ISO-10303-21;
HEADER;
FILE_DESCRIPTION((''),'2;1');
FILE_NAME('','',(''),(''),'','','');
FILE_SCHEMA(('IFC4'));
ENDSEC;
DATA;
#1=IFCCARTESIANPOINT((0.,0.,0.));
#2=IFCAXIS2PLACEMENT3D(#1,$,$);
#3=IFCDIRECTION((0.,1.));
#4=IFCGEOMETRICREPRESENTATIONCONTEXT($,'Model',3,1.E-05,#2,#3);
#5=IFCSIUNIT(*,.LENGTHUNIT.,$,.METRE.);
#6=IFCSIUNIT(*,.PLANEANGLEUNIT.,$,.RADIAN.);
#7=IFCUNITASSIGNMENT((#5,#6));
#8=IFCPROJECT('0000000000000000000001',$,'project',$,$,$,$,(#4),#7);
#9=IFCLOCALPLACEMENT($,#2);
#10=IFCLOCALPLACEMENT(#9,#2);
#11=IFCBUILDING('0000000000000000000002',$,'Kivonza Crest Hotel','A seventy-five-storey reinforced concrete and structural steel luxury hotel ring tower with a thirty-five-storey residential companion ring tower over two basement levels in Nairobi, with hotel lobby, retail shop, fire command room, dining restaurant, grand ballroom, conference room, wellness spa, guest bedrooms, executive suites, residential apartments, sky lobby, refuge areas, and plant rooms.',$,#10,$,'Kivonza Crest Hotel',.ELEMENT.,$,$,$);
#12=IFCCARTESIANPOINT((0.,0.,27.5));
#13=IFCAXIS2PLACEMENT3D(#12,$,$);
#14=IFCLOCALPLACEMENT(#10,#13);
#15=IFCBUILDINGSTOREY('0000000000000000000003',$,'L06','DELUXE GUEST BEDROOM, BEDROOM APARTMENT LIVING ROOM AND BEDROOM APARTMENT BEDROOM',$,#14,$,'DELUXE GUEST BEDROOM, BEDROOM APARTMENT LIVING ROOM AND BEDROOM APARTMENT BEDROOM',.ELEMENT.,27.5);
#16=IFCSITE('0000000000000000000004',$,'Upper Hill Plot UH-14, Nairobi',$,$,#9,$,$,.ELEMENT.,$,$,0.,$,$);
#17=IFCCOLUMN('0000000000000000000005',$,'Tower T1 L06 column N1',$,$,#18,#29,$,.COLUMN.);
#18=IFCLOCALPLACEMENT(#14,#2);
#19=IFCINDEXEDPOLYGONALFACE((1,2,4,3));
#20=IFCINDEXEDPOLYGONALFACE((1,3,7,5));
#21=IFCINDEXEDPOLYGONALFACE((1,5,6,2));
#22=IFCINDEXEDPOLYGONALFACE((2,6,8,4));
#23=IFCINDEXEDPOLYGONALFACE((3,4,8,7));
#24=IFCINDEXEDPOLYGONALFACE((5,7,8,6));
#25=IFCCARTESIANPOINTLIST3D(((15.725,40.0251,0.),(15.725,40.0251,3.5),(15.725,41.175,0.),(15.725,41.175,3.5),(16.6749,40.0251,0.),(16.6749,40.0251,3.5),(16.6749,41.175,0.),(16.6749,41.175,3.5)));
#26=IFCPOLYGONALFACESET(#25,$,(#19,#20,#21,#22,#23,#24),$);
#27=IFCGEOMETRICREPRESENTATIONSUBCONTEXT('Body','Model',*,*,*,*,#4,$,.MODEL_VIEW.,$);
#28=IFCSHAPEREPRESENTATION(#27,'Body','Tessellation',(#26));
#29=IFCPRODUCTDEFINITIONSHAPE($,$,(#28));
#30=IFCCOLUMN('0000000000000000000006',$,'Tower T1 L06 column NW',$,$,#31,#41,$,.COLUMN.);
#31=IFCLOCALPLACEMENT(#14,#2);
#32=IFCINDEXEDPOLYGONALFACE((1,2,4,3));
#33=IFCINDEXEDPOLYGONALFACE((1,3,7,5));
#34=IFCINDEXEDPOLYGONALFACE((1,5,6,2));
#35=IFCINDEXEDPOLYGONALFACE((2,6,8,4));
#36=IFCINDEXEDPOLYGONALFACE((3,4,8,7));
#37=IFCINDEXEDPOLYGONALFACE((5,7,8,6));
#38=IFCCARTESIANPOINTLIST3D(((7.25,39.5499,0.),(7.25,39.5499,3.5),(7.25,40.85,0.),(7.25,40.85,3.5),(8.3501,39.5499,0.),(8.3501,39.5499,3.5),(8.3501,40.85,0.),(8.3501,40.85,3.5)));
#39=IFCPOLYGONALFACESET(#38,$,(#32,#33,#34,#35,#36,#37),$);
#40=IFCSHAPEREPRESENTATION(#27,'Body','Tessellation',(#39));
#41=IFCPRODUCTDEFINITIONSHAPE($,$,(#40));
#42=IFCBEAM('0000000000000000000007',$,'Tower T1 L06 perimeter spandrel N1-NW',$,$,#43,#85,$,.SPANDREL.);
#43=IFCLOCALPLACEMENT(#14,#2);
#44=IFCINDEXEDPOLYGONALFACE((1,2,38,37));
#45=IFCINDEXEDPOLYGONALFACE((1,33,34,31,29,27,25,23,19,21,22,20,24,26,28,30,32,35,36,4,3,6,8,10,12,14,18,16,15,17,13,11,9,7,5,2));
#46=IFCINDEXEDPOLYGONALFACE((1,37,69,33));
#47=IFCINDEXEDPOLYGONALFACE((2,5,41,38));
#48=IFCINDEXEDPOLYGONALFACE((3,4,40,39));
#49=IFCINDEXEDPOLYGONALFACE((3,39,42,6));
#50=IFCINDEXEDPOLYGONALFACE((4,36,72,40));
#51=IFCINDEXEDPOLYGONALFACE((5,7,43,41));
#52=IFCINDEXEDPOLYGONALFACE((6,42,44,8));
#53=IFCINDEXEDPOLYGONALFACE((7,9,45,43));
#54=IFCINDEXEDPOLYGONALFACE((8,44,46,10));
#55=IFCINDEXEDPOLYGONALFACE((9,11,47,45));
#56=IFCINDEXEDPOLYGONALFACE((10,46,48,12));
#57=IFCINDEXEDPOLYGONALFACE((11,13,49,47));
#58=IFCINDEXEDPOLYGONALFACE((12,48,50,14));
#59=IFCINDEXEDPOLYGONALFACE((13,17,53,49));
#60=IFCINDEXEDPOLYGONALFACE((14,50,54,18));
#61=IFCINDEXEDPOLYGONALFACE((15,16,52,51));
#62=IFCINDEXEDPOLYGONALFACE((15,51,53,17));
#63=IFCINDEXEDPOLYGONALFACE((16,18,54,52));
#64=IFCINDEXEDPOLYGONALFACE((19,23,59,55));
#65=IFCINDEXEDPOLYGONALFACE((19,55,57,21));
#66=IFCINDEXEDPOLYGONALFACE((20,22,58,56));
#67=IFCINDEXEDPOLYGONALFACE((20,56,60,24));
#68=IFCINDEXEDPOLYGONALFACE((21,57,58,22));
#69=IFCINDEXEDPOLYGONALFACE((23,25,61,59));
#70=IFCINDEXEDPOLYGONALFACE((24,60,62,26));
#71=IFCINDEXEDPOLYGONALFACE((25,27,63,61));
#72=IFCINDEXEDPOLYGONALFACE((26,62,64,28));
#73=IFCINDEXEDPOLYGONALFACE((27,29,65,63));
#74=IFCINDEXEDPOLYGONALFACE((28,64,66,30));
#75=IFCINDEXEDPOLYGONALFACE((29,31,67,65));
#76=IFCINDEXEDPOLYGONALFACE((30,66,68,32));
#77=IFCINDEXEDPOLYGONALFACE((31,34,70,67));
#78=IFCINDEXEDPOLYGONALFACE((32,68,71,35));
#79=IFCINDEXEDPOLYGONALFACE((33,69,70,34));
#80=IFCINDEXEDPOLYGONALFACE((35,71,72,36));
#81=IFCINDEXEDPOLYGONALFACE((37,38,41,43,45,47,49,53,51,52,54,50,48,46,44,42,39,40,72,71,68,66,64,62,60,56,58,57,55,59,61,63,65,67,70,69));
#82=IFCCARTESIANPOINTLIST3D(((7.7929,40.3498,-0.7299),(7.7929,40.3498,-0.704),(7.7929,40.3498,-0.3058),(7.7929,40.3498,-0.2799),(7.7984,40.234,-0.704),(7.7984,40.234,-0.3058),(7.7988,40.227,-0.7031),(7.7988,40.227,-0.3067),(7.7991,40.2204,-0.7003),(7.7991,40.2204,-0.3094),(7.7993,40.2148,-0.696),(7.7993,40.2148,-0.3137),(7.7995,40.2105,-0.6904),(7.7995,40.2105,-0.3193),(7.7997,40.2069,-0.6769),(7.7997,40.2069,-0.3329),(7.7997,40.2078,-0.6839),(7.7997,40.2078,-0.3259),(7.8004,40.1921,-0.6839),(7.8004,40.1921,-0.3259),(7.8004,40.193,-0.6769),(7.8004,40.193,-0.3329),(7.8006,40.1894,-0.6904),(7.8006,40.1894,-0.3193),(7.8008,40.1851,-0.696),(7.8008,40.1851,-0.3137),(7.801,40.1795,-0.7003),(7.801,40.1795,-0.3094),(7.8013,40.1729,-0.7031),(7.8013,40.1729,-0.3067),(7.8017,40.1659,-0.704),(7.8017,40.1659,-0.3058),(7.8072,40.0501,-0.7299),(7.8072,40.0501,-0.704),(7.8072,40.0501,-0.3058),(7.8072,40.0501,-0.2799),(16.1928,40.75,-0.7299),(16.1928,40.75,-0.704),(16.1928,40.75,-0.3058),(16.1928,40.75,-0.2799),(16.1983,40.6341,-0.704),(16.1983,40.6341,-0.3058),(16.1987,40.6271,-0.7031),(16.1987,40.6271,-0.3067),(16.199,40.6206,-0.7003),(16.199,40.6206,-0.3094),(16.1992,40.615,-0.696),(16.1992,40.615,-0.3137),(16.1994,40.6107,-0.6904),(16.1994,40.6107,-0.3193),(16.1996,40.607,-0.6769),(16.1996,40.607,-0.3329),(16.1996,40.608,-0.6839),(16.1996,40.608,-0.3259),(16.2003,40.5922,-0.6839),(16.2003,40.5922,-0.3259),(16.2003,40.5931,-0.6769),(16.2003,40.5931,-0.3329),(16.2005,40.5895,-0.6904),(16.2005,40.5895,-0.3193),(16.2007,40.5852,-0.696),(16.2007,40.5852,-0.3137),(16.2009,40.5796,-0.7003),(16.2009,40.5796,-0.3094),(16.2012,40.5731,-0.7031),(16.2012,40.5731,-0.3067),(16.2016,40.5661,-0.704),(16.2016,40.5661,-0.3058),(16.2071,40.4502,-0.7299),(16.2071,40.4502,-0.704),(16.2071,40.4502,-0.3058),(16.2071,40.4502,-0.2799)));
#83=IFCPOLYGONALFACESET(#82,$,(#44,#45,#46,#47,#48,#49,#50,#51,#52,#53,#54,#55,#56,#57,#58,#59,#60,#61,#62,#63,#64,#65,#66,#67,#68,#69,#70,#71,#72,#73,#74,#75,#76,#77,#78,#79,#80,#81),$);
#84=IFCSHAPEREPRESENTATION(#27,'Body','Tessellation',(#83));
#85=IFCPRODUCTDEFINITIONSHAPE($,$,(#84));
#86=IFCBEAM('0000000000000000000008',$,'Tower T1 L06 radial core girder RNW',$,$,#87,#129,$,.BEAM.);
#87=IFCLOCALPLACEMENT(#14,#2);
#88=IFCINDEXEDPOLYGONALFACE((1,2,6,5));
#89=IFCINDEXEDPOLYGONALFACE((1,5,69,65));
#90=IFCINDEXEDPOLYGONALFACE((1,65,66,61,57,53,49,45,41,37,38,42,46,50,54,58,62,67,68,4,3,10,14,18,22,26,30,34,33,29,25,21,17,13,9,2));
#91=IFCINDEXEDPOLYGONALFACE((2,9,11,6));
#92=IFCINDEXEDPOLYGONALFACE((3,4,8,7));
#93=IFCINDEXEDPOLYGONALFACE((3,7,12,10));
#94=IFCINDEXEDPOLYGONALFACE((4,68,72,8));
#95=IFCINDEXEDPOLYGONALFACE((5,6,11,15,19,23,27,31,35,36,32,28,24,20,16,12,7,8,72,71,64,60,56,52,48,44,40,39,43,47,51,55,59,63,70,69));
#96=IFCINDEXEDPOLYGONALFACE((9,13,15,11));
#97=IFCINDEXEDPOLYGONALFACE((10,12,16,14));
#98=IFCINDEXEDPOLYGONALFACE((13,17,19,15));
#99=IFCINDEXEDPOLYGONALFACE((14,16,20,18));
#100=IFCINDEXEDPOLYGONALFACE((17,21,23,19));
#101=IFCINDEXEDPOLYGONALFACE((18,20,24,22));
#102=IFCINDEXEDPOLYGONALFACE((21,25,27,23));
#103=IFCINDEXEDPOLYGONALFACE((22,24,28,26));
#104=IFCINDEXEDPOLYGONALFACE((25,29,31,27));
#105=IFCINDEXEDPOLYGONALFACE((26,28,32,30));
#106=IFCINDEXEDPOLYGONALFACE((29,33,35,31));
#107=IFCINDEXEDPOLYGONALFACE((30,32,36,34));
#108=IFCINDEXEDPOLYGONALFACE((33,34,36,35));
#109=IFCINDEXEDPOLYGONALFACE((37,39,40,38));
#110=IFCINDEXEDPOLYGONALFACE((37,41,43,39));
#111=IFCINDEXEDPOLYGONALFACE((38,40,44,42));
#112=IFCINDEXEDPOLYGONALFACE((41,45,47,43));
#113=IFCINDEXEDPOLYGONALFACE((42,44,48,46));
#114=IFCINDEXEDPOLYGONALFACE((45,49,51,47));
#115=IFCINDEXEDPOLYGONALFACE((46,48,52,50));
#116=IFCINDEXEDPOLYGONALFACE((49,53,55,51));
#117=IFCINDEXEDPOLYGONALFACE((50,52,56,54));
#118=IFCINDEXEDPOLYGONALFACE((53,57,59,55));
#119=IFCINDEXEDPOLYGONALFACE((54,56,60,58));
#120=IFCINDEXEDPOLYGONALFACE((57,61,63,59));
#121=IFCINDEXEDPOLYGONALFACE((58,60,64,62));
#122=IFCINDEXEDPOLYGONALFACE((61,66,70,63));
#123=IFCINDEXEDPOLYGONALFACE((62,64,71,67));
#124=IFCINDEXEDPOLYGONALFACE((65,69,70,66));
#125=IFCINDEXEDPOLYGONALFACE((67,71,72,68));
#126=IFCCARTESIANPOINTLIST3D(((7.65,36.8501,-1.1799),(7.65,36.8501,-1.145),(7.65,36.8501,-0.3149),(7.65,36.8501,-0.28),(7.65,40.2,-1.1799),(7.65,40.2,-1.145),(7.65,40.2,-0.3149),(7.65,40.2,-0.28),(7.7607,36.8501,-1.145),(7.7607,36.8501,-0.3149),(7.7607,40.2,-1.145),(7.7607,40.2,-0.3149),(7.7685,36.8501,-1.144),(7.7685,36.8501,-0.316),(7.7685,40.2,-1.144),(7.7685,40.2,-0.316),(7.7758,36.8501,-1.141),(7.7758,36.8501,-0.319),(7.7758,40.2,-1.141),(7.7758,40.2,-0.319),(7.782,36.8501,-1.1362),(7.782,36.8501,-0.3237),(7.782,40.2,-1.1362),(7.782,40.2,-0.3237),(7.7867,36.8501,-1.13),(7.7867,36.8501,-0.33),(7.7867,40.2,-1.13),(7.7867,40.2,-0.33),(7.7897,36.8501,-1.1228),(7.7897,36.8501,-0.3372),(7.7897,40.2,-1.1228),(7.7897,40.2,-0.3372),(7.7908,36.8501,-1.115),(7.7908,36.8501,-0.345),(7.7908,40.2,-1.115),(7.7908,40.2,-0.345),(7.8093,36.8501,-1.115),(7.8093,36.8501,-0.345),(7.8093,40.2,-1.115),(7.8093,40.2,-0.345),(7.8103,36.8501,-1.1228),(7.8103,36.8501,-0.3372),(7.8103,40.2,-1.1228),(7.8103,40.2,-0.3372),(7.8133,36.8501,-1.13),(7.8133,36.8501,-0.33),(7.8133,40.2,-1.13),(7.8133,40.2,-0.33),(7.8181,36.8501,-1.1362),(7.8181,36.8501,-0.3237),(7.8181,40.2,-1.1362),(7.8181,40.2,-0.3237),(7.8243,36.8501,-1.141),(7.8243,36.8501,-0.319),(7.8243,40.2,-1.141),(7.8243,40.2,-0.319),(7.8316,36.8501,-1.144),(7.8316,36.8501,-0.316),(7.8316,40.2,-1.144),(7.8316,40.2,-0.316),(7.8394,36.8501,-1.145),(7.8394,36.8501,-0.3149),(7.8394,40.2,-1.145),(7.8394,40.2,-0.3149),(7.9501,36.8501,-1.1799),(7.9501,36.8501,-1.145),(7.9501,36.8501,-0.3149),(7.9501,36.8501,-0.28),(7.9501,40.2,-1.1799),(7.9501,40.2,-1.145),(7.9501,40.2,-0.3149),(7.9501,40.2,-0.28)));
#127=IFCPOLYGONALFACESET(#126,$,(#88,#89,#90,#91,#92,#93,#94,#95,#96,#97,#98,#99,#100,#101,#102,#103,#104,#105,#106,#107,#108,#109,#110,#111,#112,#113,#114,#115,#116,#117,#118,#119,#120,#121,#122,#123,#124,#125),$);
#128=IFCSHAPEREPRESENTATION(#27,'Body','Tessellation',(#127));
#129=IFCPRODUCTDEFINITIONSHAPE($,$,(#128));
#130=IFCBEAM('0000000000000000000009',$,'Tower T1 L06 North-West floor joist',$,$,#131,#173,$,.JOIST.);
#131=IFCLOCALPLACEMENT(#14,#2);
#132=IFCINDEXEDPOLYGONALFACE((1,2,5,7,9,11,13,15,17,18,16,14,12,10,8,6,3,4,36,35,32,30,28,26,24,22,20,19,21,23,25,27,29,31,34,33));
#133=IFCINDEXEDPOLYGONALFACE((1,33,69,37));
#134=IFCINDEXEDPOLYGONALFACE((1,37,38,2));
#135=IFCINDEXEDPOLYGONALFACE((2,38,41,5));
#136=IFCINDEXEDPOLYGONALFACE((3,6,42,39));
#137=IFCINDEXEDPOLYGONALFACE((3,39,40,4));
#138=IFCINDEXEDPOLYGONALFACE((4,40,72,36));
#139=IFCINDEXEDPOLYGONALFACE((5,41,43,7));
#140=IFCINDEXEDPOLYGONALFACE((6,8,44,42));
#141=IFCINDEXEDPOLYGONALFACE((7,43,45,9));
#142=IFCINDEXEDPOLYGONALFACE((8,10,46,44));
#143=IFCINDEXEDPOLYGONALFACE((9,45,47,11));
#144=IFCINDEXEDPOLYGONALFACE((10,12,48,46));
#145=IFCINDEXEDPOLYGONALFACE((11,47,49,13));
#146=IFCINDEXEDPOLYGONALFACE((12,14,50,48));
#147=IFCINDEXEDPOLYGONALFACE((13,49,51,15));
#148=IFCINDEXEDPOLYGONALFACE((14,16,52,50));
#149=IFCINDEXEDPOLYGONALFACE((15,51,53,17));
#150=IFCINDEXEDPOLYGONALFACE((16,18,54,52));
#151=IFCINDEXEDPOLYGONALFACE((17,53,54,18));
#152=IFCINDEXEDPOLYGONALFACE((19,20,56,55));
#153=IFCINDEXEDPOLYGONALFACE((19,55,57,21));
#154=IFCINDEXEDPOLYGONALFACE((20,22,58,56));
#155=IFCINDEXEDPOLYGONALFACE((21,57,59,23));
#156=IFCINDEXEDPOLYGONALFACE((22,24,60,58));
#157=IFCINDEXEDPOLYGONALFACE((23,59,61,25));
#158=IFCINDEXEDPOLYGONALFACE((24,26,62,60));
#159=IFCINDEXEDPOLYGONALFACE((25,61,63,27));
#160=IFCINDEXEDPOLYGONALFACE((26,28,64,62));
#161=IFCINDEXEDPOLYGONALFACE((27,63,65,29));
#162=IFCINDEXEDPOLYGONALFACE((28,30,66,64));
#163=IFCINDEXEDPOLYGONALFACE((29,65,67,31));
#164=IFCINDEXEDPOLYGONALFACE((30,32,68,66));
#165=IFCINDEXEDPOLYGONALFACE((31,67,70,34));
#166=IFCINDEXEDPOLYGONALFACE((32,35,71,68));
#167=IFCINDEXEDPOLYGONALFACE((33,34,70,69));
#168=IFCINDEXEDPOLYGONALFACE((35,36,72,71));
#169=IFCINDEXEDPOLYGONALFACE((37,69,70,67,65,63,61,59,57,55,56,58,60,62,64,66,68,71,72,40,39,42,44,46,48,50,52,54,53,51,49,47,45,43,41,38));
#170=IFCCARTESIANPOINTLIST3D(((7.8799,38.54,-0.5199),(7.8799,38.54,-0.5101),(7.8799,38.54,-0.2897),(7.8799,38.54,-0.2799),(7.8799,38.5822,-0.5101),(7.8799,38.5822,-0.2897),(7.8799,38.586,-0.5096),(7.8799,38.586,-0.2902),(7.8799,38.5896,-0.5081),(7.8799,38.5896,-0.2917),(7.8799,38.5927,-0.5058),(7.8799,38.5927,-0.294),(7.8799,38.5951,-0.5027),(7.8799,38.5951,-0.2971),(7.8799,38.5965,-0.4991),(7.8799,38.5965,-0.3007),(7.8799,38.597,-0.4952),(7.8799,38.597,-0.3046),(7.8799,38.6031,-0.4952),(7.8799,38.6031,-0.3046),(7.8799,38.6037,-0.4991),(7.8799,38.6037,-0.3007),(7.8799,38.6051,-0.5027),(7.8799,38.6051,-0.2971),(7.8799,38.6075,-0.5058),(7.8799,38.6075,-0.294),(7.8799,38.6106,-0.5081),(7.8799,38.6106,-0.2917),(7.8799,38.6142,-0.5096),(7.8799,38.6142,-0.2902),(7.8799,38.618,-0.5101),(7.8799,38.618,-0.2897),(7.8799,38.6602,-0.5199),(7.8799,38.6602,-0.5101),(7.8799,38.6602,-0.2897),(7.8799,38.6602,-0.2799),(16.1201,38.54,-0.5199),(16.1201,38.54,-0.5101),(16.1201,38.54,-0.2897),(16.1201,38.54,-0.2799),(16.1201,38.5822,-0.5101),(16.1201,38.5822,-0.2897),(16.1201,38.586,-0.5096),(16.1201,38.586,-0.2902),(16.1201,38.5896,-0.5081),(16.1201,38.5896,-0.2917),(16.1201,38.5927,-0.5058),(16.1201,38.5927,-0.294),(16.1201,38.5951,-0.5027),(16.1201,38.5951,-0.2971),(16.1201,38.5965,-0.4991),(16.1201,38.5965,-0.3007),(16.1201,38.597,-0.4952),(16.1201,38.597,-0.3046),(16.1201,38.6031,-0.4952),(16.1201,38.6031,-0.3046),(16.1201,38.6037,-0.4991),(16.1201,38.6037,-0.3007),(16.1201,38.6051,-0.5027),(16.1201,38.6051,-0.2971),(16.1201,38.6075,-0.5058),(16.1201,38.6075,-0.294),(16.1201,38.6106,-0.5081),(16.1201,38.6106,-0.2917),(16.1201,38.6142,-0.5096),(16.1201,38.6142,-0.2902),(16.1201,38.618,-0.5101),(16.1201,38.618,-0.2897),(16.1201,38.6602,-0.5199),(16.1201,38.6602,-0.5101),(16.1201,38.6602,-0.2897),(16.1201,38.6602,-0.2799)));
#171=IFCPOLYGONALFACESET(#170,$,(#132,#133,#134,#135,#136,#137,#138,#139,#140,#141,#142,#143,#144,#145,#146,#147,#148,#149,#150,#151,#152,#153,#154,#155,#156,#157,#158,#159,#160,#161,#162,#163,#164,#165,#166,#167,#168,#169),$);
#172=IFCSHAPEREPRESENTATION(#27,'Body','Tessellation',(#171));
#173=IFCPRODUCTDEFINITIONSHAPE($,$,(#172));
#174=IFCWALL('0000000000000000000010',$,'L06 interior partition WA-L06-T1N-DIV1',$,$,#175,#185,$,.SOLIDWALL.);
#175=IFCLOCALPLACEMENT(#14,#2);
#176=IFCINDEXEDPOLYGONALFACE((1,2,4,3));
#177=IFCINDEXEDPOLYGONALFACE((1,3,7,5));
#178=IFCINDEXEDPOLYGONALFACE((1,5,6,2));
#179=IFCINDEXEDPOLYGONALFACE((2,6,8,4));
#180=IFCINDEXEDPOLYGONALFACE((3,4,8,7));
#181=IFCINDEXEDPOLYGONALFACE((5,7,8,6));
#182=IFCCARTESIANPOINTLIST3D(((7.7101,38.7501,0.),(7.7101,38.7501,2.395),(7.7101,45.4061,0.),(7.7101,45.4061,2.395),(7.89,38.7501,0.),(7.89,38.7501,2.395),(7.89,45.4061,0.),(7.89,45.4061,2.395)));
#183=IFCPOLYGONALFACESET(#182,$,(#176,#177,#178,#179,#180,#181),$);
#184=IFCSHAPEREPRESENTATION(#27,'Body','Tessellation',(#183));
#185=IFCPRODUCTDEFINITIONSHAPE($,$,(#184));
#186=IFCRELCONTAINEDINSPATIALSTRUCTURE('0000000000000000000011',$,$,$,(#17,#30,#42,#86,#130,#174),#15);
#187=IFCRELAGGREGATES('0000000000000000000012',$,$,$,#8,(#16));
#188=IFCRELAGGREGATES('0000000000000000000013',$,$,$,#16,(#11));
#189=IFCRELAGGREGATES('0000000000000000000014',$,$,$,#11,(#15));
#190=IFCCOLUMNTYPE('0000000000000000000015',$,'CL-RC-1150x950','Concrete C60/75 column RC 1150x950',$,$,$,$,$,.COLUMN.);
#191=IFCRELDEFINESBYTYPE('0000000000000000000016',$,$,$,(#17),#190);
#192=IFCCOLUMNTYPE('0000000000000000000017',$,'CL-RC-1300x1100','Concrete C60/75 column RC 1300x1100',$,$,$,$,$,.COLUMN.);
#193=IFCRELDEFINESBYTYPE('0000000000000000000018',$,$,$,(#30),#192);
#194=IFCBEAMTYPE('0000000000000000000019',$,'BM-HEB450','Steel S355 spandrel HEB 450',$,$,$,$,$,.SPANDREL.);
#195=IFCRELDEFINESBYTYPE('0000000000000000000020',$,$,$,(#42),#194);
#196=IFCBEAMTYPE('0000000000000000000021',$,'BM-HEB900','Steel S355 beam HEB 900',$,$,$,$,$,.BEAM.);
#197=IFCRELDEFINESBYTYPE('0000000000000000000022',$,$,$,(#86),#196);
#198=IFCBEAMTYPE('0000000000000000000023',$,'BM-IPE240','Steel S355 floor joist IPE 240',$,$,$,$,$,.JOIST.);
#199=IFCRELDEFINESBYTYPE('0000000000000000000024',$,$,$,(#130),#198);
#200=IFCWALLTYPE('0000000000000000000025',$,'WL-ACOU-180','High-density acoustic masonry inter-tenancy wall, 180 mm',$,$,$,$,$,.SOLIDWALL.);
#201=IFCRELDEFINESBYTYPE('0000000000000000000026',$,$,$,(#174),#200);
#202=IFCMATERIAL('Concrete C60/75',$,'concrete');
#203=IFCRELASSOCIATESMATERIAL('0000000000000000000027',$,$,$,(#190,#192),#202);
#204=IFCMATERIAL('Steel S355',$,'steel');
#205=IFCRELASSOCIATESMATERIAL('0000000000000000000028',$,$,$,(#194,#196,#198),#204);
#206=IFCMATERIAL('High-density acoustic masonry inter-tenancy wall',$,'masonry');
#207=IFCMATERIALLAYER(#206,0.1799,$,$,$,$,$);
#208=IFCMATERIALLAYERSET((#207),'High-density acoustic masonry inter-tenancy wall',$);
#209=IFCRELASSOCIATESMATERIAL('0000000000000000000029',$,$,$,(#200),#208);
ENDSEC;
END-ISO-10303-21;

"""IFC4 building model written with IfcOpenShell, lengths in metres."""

from ifc_helpers import new_model, si_unit, direction, frame, frame_2d, origin, origin_2d, place, context, subcontext, project, spatial, rectangle, i_section, extrude, material, layer, layer_set, material_profile, profile_set, type_object, element, save


model = new_model("IFC4")

# Units and contexts
model_context = context("Model", 3, precision=1e-05, world=origin(), true_north=direction((0.0, 1.0)))
body_context = subcontext(model_context, "Body", "Model", "MODEL_VIEW")
ifc_project = project(units=[si_unit("LENGTHUNIT", "METRE"), si_unit("PLANEANGLEUNIT", "RADIAN")], contexts=[model_context])

# Site, building, storey
site_placement = place(None, origin())
site = spatial("IfcSite", under=ifc_project, at=site_placement, Name="Upper Hill Plot UH-14, Nairobi", CompositionType="ELEMENT", RefElevation=0.0)
building_placement = place(site_placement, origin())
building = spatial("IfcBuilding", under=site, at=building_placement, Name="Kivonza Crest Hotel", Description="A seventy-five-storey reinforced concrete and structural steel luxury hotel ring tower with a thirty-five-storey residential companion ring tower over two basement levels in Nairobi, with hotel lobby, retail shop, fire command room, dining restaurant, grand ballroom, conference room, wellness spa, guest bedrooms, executive suites, residential apartments, sky lobby, refuge areas, and plant rooms.", LongName="Kivonza Crest Hotel", CompositionType="ELEMENT")
storey_placement = place(building_placement, frame((0.0, 0.0, 27.5)))
storey = spatial("IfcBuildingStorey", under=building, at=storey_placement, Name="L06", Description="DELUXE GUEST BEDROOM, BEDROOM APARTMENT LIVING ROOM AND BEDROOM APARTMENT BEDROOM", LongName="DELUXE GUEST BEDROOM, BEDROOM APARTMENT LIVING ROOM AND BEDROOM APARTMENT BEDROOM", CompositionType="ELEMENT", Elevation=27.5)

# Columns
ifc_material_1 = material(Name="Concrete C60/75", Category="concrete")
ifc_material_profile_1 = material_profile(ifc_material_1, rectangle(XDim=0.95, YDim=1.1499, at=origin_2d()), Name="RC 1150x950")
ifc_profile_set_1 = profile_set([ifc_material_profile_1], Name="Concrete C60/75")
column_type_1 = type_object("IfcColumnType", Name="CL-RC-1150x950", Description="Concrete C60/75 column RC 1150x950", PredefinedType="COLUMN", material=ifc_profile_set_1)
column_1_placement = place(storey_placement, frame((16.2, 40.6001, 0.0), z_axis=(0.0, 0.0, 1.0), x_axis=(1.0, 0.0, 0.0)))
element("IfcColumn", 1, at=column_1_placement, inside=storey, type_object=column_type_1, Name="Tower T1 L06 column N1", PredefinedType="COLUMN", context=body_context, shape_type="SweptSolid", body=[
    extrude(rectangle(XDim=0.95, YDim=1.1499, at=origin_2d()), origin(), (0.0, 0.0, 1.0), 3.5),
])
ifc_material_profile_2 = material_profile(ifc_material_1, rectangle(XDim=1.1001, YDim=1.3, at=origin_2d()), Name="RC 1300x1100")
ifc_profile_set_2 = profile_set([ifc_material_profile_2], Name="Concrete C60/75")
column_type_2 = type_object("IfcColumnType", Name="CL-RC-1300x1100", Description="Concrete C60/75 column RC 1300x1100", PredefinedType="COLUMN", material=ifc_profile_set_2)
column_2_placement = place(storey_placement, frame((7.8, 40.2, 0.0), z_axis=(0.0, 0.0, 1.0), x_axis=(1.0, 0.0, 0.0)))
element("IfcColumn", 2, at=column_2_placement, inside=storey, type_object=column_type_2, Name="Tower T1 L06 column NW", PredefinedType="COLUMN", context=body_context, shape_type="SweptSolid", body=[
    extrude(rectangle(XDim=1.1001, YDim=1.3, at=origin_2d()), origin(), (0.0, 0.0, 1.0), 3.5),
])

# Beams
ifc_material_2 = material(Name="Steel S355", Category="steel")
ifc_material_profile_3 = material_profile(ifc_material_2, i_section(OverallWidth=0.3, OverallDepth=0.45, WebThickness=0.0139, FlangeThickness=0.0259, FilletRadius=0.0271, at=origin_2d()), Name="HEB 450")
ifc_profile_set_3 = profile_set([ifc_material_profile_3], Name="Steel S355")
beam_type_1 = type_object("IfcBeamType", Name="BM-HEB450", Description="Steel S355 spandrel HEB 450", PredefinedType="SPANDREL", material=ifc_profile_set_3)
beam_1_placement = place(storey_placement, frame((16.2, 40.6001, -0.5049), z_axis=(-0.998867, -0.047583, 0.0), x_axis=(0.047583, -0.998867, 0.0)))
element("IfcBeam", 3, at=beam_1_placement, inside=storey, type_object=beam_type_1, Name="Tower T1 L06 perimeter spandrel N1-NW", PredefinedType="SPANDREL", context=body_context, shape_type="SweptSolid", body=[
    extrude(i_section(OverallWidth=0.3, OverallDepth=0.45, WebThickness=0.0139, FlangeThickness=0.0259, FilletRadius=0.0271, at=origin_2d()), origin(), (0.0, 0.0, 1.0), 8.4094),
])
ifc_material_profile_4 = material_profile(ifc_material_2, i_section(OverallWidth=0.3, OverallDepth=0.8999, WebThickness=0.0186, FlangeThickness=0.0349, FilletRadius=0.03, at=origin_2d()), Name="HEB 900")
ifc_profile_set_4 = profile_set([ifc_material_profile_4], Name="Steel S355")
beam_type_2 = type_object("IfcBeamType", Name="BM-HEB900", Description="Steel S355 beam HEB 900", PredefinedType="BEAM", material=ifc_profile_set_4)
beam_2_placement = place(storey_placement, frame((7.8, 40.2, -0.73), z_axis=(0.0, -1.0, 0.0), x_axis=(1.0, 0.0, 0.0)))
element("IfcBeam", 4, at=beam_2_placement, inside=storey, type_object=beam_type_2, Name="Tower T1 L06 radial core girder RNW", PredefinedType="BEAM", context=body_context, shape_type="SweptSolid", body=[
    extrude(i_section(OverallWidth=0.3, OverallDepth=0.8999, WebThickness=0.0186, FlangeThickness=0.0349, FilletRadius=0.03, at=origin_2d()), origin(), (0.0, 0.0, 1.0), 3.3499),
])
ifc_material_profile_5 = material_profile(ifc_material_2, i_section(OverallWidth=0.1201, OverallDepth=0.24, WebThickness=0.0061, FlangeThickness=0.0098, FilletRadius=0.0149, at=origin_2d()), Name="IPE 240")
ifc_profile_set_5 = profile_set([ifc_material_profile_5], Name="Steel S355")
beam_type_3 = type_object("IfcBeamType", Name="BM-IPE240", Description="Steel S355 floor joist IPE 240", PredefinedType="JOIST", material=ifc_profile_set_5)
beam_3_placement = place(storey_placement, frame((7.8799, 38.6001, -0.3999), z_axis=(1.0, 0.0, 0.0), x_axis=(0.0, 1.0, 0.0)))
element("IfcBeam", 5, at=beam_3_placement, inside=storey, type_object=beam_type_3, Name="Tower T1 L06 North-West floor joist", PredefinedType="JOIST", context=body_context, shape_type="SweptSolid", body=[
    extrude(i_section(OverallWidth=0.1201, OverallDepth=0.24, WebThickness=0.0061, FlangeThickness=0.0098, FilletRadius=0.0149, at=origin_2d()), origin(), (0.0, 0.0, 1.0), 8.2402),
])

# Wall
ifc_material_3 = material(Name="High-density acoustic masonry inter-tenancy wall", Category="masonry")
ifc_layer_1 = layer(ifc_material_3, 0.1799)
ifc_layer_set_1 = layer_set([ifc_layer_1], Name="High-density acoustic masonry inter-tenancy wall")
wall_type_1 = type_object("IfcWallType", Name="WL-ACOU-180", Description="High-density acoustic masonry inter-tenancy wall, 180 mm", PredefinedType="SOLIDWALL", material=ifc_layer_set_1)
wall_1_placement = place(storey_placement, frame((7.8, 38.75, 0.0), z_axis=(0.0, 0.0, 1.0), x_axis=(0.0, 1.0, 0.0)))
element("IfcWall", 6, at=wall_1_placement, inside=storey, type_object=wall_type_1, Name="L06 interior partition WA-L06-T1N-DIV1", PredefinedType="SOLIDWALL", context=body_context, shape_type="SweptSolid", body=[
    extrude(rectangle(XDim=6.656, YDim=0.1799, at=frame_2d((3.3281, 0.0))), origin(), (0.0, 0.0, 1.0), 2.395),
])

save(model, "model.ifc")
